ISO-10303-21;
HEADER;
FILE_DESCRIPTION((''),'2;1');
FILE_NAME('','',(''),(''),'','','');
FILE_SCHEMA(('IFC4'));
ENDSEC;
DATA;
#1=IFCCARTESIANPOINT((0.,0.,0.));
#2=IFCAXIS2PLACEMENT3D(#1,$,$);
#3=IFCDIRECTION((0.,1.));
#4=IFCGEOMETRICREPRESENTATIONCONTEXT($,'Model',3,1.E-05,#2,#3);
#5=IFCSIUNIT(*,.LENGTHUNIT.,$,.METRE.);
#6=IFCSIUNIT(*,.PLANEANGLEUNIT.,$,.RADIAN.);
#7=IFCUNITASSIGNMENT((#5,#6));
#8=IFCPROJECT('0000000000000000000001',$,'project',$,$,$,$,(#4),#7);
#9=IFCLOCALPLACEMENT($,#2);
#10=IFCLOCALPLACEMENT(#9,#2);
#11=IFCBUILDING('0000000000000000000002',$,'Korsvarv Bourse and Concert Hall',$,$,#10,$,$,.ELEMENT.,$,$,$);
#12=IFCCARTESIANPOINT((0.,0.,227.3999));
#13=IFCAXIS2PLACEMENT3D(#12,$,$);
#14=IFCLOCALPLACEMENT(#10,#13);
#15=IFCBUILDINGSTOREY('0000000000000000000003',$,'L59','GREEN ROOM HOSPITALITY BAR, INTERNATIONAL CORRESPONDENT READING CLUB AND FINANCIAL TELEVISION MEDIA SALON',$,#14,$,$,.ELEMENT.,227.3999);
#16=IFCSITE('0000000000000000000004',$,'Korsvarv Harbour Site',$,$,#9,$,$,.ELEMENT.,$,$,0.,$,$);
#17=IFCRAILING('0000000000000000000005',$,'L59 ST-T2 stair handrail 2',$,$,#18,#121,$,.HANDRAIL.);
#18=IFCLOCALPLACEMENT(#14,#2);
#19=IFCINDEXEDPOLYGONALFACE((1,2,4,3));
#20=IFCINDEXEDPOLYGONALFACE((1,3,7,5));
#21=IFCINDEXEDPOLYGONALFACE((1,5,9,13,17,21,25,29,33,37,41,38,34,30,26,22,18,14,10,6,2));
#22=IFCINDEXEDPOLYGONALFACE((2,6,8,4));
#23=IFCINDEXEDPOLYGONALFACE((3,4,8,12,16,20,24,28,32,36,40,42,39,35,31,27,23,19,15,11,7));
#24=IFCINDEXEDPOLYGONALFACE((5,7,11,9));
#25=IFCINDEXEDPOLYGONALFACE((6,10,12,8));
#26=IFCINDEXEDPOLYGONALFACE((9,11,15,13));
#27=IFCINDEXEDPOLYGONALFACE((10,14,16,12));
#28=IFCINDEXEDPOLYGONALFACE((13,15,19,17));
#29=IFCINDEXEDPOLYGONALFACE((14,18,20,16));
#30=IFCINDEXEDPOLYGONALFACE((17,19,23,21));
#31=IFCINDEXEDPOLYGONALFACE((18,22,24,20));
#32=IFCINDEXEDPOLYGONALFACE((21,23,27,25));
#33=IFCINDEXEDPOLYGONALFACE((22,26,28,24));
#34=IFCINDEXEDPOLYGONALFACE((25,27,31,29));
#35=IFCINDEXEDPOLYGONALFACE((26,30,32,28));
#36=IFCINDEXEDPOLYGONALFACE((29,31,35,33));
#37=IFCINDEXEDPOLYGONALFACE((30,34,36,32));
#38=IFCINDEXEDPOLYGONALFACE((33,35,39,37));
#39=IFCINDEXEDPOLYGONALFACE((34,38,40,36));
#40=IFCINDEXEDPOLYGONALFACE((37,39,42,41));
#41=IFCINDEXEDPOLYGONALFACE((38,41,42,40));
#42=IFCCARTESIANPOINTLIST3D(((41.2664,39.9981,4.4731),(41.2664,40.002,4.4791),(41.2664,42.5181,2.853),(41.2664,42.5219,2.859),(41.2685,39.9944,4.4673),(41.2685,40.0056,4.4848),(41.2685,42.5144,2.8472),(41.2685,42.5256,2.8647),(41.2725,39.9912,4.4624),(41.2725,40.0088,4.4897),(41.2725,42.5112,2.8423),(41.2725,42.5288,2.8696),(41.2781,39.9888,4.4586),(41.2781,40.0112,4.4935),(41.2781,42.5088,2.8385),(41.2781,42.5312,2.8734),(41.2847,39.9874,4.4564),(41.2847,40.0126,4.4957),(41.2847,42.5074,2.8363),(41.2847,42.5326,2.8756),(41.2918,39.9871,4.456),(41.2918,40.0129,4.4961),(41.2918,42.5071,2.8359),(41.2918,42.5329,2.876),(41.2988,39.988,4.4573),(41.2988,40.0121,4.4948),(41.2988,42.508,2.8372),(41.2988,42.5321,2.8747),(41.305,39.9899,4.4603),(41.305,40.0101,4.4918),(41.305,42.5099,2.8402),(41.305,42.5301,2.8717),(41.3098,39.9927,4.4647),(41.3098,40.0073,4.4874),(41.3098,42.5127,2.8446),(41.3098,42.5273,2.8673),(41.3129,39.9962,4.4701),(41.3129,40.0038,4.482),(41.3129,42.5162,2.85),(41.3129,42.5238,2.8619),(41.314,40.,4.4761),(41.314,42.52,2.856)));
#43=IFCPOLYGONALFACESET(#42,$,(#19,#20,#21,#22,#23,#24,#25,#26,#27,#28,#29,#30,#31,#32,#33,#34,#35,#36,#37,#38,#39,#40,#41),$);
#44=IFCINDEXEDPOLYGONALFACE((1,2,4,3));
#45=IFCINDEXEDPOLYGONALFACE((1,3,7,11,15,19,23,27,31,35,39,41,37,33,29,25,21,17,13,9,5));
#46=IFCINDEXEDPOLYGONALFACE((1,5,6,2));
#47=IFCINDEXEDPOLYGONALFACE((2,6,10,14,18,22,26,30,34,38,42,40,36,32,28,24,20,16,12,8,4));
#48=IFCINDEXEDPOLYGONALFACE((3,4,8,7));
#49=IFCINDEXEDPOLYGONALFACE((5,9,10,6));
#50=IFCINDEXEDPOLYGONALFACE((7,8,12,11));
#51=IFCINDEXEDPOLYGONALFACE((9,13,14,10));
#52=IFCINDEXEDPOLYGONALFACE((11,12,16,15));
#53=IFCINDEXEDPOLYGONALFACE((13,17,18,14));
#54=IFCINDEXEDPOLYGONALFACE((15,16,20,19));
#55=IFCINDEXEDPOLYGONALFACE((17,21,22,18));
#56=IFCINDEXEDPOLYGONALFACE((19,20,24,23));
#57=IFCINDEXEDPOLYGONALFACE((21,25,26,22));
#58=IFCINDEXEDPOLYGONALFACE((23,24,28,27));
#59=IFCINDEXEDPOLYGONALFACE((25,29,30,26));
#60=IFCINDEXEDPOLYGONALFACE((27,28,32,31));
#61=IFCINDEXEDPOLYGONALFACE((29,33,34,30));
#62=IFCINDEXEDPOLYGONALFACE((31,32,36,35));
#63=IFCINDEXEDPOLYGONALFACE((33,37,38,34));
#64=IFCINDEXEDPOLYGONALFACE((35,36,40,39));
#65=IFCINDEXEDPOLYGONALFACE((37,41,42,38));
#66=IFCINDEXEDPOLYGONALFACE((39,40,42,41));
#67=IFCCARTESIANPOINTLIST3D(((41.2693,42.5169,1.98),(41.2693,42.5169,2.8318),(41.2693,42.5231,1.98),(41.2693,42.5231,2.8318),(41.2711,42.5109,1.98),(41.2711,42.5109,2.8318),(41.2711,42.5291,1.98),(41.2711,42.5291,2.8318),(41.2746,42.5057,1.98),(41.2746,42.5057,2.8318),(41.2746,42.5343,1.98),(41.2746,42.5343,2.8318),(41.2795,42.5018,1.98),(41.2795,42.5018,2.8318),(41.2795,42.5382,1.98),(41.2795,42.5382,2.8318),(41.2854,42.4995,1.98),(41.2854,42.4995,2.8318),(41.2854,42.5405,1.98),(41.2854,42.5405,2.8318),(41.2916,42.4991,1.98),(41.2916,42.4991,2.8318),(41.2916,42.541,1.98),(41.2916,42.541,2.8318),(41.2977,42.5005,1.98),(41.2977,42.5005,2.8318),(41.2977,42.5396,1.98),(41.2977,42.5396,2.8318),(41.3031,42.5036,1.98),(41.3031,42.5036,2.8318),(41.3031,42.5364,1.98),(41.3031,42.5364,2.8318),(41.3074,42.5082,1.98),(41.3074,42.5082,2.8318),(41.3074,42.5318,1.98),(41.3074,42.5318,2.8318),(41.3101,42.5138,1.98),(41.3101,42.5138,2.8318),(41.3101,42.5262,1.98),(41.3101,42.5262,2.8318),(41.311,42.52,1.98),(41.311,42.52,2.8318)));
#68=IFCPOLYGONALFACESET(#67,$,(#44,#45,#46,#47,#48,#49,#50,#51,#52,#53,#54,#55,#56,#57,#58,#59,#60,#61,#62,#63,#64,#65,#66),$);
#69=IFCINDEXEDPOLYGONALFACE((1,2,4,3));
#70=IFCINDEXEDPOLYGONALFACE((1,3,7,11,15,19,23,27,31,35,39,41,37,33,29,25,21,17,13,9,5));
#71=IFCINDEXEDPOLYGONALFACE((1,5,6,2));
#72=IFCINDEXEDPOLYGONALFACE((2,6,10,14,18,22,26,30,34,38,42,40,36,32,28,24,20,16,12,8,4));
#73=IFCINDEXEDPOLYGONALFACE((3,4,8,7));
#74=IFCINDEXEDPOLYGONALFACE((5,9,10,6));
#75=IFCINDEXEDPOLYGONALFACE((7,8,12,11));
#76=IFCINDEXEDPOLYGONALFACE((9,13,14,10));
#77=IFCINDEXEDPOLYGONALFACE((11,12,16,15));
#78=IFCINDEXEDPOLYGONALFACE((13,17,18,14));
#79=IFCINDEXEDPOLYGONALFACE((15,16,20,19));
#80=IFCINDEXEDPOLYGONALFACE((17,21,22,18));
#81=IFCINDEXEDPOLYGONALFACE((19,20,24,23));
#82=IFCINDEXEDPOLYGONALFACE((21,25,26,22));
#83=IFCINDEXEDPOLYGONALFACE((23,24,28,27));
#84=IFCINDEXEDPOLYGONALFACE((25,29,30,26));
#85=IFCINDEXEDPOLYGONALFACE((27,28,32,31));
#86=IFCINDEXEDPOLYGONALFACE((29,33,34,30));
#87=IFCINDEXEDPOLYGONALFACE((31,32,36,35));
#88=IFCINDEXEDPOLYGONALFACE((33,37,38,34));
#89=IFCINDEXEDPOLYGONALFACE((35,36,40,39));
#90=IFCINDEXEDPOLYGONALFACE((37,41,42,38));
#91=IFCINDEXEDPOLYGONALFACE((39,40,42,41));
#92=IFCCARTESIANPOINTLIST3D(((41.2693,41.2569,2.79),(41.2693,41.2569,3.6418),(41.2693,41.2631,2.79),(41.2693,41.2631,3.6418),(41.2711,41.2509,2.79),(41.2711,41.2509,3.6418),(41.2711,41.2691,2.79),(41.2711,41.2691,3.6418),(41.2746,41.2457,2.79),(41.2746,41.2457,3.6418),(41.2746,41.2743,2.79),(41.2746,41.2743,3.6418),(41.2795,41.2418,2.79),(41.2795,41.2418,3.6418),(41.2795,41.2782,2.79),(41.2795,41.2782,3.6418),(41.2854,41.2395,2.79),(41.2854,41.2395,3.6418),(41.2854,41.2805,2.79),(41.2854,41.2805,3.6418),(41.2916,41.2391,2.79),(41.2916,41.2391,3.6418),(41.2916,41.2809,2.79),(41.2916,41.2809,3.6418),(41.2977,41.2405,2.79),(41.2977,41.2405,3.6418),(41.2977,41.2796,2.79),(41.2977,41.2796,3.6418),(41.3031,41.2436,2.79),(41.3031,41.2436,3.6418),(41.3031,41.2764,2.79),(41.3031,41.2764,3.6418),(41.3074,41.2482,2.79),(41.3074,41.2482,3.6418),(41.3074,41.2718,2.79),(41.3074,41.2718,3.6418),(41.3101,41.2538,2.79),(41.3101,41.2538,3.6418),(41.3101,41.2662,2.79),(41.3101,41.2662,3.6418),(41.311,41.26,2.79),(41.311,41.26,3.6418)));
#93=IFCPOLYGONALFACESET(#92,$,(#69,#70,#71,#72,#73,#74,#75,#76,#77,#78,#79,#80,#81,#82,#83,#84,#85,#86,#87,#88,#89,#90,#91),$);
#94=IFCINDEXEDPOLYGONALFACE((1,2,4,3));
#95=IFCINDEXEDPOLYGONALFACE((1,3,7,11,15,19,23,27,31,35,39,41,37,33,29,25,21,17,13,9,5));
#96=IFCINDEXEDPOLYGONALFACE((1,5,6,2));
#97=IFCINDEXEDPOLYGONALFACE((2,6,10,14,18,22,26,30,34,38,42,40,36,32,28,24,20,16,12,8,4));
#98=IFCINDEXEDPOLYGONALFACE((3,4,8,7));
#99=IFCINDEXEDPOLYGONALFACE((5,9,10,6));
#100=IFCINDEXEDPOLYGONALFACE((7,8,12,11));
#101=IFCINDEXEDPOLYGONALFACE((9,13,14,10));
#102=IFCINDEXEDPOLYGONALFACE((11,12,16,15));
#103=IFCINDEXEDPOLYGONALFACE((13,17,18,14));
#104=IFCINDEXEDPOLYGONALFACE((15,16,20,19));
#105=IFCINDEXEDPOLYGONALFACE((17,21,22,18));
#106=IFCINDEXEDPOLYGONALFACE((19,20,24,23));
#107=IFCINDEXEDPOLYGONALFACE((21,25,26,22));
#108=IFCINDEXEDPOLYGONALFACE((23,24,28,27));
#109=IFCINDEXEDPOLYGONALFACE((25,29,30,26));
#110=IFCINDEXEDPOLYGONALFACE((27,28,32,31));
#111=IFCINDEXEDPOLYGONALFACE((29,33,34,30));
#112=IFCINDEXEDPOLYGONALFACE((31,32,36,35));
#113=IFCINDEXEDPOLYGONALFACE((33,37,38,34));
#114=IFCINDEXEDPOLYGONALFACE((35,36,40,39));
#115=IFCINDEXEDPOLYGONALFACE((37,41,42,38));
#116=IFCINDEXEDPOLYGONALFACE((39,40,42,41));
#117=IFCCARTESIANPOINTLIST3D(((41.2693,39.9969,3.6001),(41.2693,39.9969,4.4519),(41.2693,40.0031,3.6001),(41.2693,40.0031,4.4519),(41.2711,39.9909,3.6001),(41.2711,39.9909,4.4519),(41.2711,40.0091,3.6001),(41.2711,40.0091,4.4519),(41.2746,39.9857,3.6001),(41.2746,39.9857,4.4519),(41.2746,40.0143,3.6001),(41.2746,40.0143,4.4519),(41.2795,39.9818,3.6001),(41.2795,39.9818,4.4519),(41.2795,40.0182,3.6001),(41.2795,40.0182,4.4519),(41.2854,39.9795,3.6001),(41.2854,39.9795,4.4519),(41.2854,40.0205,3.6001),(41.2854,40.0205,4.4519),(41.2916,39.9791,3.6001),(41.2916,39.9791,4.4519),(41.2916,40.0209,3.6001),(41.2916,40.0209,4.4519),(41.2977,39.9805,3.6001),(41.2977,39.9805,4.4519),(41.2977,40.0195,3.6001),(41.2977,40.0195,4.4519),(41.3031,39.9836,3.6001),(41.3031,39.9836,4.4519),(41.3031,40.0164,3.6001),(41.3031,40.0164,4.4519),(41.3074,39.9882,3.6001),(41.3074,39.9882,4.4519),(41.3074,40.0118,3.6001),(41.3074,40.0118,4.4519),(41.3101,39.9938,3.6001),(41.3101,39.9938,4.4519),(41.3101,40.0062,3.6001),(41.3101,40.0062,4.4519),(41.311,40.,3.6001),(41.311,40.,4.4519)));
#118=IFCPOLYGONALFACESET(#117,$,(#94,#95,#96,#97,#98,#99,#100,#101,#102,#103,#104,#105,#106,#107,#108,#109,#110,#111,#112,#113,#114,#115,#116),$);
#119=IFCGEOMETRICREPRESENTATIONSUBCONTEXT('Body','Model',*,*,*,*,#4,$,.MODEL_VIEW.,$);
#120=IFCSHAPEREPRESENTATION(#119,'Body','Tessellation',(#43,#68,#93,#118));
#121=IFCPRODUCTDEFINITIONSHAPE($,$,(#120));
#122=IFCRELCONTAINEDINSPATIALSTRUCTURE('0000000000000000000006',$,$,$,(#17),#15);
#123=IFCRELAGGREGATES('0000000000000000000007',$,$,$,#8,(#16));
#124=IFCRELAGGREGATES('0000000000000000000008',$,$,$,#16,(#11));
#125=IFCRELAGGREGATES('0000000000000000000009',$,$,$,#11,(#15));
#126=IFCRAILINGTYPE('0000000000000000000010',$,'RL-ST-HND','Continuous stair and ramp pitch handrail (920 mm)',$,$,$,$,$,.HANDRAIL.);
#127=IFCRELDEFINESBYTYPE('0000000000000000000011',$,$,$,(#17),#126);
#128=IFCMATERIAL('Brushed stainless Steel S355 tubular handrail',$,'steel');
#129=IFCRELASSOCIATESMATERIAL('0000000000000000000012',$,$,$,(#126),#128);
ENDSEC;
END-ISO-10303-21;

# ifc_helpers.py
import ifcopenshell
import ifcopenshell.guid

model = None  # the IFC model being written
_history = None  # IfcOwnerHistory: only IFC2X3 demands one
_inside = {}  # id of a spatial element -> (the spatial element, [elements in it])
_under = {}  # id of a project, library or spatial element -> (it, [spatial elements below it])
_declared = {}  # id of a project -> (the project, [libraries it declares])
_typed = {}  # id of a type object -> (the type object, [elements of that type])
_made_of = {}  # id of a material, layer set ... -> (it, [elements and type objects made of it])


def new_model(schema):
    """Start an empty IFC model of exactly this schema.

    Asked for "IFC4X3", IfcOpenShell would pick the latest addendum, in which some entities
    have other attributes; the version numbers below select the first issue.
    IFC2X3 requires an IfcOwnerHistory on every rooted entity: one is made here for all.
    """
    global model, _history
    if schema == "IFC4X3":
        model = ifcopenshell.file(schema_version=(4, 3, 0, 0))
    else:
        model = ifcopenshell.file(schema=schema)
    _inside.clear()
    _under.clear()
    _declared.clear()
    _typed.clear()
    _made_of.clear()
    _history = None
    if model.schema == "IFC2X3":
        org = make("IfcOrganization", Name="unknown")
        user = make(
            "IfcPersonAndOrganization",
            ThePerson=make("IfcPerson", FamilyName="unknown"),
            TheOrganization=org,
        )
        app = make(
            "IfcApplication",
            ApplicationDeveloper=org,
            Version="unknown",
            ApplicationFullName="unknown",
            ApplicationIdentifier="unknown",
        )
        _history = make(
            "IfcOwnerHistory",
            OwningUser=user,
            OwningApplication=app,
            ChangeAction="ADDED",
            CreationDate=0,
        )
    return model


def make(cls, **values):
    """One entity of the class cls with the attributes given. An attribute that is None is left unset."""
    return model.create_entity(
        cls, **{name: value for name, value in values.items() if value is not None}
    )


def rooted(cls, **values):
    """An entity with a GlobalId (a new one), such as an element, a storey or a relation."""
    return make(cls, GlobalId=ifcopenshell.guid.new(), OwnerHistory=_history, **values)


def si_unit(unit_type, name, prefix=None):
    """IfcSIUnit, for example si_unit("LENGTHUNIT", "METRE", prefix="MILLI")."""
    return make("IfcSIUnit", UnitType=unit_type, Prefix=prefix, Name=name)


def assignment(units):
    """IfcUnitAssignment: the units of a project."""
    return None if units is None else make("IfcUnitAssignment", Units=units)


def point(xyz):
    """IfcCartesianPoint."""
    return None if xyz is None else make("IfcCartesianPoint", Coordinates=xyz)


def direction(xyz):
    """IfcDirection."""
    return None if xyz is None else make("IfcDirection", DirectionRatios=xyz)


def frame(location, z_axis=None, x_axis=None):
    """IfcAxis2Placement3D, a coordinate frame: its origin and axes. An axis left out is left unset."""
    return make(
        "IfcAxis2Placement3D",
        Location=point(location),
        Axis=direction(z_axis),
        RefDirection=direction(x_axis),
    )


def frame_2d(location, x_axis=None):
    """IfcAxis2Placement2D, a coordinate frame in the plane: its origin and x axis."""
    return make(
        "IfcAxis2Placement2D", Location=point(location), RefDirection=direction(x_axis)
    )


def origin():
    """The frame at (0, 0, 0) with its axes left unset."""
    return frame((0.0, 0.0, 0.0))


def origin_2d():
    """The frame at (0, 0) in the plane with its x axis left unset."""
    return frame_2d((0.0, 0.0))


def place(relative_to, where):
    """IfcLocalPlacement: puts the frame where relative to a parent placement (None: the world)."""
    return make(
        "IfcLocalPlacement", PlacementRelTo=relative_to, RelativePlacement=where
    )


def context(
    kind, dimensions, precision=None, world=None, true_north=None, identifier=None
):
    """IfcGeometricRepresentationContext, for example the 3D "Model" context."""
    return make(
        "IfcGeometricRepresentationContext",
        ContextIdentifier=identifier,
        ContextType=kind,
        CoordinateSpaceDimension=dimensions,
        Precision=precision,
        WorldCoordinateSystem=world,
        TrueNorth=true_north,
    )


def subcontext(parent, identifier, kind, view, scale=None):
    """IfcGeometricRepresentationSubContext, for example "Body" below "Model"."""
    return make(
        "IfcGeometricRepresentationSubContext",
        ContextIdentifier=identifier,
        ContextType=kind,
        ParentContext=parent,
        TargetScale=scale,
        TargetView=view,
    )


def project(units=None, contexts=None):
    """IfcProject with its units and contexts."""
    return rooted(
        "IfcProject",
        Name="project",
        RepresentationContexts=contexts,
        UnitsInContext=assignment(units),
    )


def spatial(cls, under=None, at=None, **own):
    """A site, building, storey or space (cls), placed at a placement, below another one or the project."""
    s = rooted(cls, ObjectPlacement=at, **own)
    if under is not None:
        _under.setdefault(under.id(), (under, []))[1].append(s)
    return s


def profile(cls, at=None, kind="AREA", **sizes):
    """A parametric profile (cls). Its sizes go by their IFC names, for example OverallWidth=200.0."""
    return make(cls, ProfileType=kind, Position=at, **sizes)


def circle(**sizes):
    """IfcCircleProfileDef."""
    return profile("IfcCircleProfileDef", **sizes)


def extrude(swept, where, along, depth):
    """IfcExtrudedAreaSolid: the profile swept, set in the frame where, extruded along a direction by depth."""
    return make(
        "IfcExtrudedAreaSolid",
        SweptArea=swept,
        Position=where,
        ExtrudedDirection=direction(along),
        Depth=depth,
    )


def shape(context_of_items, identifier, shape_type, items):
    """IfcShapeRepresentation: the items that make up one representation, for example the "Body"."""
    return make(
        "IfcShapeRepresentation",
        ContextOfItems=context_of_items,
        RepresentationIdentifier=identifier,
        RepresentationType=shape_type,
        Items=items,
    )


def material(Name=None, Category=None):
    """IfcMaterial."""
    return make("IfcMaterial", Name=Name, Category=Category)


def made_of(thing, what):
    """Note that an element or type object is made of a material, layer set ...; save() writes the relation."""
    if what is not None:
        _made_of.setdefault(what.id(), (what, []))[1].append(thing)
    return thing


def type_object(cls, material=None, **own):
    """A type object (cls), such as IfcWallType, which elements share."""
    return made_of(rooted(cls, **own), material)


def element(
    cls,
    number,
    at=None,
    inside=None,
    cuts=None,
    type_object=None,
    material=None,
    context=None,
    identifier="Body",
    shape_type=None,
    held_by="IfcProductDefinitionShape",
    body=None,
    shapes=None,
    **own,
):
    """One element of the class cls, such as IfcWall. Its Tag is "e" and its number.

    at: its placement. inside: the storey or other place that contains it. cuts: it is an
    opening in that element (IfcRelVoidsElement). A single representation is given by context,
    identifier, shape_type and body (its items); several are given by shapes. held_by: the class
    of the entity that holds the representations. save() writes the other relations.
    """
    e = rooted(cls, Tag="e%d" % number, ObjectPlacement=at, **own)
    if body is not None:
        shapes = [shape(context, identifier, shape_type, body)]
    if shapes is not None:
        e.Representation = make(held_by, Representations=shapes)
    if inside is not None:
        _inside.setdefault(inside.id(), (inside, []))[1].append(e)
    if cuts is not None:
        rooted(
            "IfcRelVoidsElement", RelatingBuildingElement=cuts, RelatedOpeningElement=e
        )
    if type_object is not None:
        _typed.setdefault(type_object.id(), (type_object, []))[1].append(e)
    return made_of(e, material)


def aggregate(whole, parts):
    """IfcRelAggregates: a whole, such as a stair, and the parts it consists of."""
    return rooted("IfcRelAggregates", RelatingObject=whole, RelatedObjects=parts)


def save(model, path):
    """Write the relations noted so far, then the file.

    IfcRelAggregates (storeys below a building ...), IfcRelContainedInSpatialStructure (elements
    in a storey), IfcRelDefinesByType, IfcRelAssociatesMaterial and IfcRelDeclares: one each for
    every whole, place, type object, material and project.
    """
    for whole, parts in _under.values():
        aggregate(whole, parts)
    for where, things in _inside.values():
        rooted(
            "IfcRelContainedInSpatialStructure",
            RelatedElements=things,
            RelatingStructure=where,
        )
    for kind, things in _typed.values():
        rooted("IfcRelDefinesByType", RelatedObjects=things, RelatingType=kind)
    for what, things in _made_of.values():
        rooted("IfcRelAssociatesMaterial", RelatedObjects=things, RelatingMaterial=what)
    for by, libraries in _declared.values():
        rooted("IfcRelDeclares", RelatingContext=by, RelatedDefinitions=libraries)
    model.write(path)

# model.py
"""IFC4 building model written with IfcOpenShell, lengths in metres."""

from ifc_helpers import new_model, si_unit, direction, frame, origin, origin_2d, place, context, subcontext, project, spatial, circle, extrude, material, type_object, element, save


model = new_model("IFC4")

# Units and contexts
model_context = context("Model", 3, precision=1e-05, world=origin(), true_north=direction((0.0, 1.0)))
body_context = subcontext(model_context, "Body", "Model", "MODEL_VIEW")
ifc_project = project(units=[si_unit("LENGTHUNIT", "METRE"), si_unit("PLANEANGLEUNIT", "RADIAN")], contexts=[model_context])

# Site, building, storey
site_placement = place(None, origin())
site = spatial("IfcSite", under=ifc_project, at=site_placement, Name="Korsvarv Harbour Site", CompositionType="ELEMENT", RefElevation=0.0)
building_placement = place(site_placement, origin())
building = spatial("IfcBuilding", under=site, at=building_placement, Name="Korsvarv Bourse and Concert Hall", CompositionType="ELEMENT")
storey_placement = place(building_placement, frame((0.0, 0.0, 227.3999)))
storey = spatial("IfcBuildingStorey", under=building, at=storey_placement, Name="L59", Description="GREEN ROOM HOSPITALITY BAR, INTERNATIONAL CORRESPONDENT READING CLUB AND FINANCIAL TELEVISION MEDIA SALON", CompositionType="ELEMENT", Elevation=227.3999)

# Railing
ifc_material_1 = material(Name="Brushed stainless Steel S355 tubular handrail", Category="steel")
railing_type_1 = type_object("IfcRailingType", Name="RL-ST-HND", Description="Continuous stair and ramp pitch handrail (920 mm)", PredefinedType="HANDRAIL", material=ifc_material_1)
railing_1_placement = place(storey_placement, frame((41.29, 42.52, 1.98)))
element("IfcRailing", 1, at=railing_1_placement, inside=storey, type_object=railing_type_1, Name="L59 ST-T2 stair handrail 2", PredefinedType="HANDRAIL", context=body_context, shape_type="SweptSolid", body=[
    extrude(circle(Radius=0.0239, at=origin_2d()), frame((0.0, 0.0, 0.876), z_axis=(0.0, -0.841163, 0.540782), x_axis=(1.0, 0.0, 0.0)), (0.0, 0.0, 1.0), 2.9958),
    extrude(circle(Radius=0.021, at=origin_2d()), origin(), (0.0, 0.0, 1.0), 0.8518),
    extrude(circle(Radius=0.021, at=origin_2d()), frame((0.0, -1.26, 0.8101)), (0.0, 0.0, 1.0), 0.8518),
    extrude(circle(Radius=0.021, at=origin_2d()), frame((0.0, -2.52, 1.6201)), (0.0, 0.0, 1.0), 0.8518),
])

save(model, "model.ifc")
